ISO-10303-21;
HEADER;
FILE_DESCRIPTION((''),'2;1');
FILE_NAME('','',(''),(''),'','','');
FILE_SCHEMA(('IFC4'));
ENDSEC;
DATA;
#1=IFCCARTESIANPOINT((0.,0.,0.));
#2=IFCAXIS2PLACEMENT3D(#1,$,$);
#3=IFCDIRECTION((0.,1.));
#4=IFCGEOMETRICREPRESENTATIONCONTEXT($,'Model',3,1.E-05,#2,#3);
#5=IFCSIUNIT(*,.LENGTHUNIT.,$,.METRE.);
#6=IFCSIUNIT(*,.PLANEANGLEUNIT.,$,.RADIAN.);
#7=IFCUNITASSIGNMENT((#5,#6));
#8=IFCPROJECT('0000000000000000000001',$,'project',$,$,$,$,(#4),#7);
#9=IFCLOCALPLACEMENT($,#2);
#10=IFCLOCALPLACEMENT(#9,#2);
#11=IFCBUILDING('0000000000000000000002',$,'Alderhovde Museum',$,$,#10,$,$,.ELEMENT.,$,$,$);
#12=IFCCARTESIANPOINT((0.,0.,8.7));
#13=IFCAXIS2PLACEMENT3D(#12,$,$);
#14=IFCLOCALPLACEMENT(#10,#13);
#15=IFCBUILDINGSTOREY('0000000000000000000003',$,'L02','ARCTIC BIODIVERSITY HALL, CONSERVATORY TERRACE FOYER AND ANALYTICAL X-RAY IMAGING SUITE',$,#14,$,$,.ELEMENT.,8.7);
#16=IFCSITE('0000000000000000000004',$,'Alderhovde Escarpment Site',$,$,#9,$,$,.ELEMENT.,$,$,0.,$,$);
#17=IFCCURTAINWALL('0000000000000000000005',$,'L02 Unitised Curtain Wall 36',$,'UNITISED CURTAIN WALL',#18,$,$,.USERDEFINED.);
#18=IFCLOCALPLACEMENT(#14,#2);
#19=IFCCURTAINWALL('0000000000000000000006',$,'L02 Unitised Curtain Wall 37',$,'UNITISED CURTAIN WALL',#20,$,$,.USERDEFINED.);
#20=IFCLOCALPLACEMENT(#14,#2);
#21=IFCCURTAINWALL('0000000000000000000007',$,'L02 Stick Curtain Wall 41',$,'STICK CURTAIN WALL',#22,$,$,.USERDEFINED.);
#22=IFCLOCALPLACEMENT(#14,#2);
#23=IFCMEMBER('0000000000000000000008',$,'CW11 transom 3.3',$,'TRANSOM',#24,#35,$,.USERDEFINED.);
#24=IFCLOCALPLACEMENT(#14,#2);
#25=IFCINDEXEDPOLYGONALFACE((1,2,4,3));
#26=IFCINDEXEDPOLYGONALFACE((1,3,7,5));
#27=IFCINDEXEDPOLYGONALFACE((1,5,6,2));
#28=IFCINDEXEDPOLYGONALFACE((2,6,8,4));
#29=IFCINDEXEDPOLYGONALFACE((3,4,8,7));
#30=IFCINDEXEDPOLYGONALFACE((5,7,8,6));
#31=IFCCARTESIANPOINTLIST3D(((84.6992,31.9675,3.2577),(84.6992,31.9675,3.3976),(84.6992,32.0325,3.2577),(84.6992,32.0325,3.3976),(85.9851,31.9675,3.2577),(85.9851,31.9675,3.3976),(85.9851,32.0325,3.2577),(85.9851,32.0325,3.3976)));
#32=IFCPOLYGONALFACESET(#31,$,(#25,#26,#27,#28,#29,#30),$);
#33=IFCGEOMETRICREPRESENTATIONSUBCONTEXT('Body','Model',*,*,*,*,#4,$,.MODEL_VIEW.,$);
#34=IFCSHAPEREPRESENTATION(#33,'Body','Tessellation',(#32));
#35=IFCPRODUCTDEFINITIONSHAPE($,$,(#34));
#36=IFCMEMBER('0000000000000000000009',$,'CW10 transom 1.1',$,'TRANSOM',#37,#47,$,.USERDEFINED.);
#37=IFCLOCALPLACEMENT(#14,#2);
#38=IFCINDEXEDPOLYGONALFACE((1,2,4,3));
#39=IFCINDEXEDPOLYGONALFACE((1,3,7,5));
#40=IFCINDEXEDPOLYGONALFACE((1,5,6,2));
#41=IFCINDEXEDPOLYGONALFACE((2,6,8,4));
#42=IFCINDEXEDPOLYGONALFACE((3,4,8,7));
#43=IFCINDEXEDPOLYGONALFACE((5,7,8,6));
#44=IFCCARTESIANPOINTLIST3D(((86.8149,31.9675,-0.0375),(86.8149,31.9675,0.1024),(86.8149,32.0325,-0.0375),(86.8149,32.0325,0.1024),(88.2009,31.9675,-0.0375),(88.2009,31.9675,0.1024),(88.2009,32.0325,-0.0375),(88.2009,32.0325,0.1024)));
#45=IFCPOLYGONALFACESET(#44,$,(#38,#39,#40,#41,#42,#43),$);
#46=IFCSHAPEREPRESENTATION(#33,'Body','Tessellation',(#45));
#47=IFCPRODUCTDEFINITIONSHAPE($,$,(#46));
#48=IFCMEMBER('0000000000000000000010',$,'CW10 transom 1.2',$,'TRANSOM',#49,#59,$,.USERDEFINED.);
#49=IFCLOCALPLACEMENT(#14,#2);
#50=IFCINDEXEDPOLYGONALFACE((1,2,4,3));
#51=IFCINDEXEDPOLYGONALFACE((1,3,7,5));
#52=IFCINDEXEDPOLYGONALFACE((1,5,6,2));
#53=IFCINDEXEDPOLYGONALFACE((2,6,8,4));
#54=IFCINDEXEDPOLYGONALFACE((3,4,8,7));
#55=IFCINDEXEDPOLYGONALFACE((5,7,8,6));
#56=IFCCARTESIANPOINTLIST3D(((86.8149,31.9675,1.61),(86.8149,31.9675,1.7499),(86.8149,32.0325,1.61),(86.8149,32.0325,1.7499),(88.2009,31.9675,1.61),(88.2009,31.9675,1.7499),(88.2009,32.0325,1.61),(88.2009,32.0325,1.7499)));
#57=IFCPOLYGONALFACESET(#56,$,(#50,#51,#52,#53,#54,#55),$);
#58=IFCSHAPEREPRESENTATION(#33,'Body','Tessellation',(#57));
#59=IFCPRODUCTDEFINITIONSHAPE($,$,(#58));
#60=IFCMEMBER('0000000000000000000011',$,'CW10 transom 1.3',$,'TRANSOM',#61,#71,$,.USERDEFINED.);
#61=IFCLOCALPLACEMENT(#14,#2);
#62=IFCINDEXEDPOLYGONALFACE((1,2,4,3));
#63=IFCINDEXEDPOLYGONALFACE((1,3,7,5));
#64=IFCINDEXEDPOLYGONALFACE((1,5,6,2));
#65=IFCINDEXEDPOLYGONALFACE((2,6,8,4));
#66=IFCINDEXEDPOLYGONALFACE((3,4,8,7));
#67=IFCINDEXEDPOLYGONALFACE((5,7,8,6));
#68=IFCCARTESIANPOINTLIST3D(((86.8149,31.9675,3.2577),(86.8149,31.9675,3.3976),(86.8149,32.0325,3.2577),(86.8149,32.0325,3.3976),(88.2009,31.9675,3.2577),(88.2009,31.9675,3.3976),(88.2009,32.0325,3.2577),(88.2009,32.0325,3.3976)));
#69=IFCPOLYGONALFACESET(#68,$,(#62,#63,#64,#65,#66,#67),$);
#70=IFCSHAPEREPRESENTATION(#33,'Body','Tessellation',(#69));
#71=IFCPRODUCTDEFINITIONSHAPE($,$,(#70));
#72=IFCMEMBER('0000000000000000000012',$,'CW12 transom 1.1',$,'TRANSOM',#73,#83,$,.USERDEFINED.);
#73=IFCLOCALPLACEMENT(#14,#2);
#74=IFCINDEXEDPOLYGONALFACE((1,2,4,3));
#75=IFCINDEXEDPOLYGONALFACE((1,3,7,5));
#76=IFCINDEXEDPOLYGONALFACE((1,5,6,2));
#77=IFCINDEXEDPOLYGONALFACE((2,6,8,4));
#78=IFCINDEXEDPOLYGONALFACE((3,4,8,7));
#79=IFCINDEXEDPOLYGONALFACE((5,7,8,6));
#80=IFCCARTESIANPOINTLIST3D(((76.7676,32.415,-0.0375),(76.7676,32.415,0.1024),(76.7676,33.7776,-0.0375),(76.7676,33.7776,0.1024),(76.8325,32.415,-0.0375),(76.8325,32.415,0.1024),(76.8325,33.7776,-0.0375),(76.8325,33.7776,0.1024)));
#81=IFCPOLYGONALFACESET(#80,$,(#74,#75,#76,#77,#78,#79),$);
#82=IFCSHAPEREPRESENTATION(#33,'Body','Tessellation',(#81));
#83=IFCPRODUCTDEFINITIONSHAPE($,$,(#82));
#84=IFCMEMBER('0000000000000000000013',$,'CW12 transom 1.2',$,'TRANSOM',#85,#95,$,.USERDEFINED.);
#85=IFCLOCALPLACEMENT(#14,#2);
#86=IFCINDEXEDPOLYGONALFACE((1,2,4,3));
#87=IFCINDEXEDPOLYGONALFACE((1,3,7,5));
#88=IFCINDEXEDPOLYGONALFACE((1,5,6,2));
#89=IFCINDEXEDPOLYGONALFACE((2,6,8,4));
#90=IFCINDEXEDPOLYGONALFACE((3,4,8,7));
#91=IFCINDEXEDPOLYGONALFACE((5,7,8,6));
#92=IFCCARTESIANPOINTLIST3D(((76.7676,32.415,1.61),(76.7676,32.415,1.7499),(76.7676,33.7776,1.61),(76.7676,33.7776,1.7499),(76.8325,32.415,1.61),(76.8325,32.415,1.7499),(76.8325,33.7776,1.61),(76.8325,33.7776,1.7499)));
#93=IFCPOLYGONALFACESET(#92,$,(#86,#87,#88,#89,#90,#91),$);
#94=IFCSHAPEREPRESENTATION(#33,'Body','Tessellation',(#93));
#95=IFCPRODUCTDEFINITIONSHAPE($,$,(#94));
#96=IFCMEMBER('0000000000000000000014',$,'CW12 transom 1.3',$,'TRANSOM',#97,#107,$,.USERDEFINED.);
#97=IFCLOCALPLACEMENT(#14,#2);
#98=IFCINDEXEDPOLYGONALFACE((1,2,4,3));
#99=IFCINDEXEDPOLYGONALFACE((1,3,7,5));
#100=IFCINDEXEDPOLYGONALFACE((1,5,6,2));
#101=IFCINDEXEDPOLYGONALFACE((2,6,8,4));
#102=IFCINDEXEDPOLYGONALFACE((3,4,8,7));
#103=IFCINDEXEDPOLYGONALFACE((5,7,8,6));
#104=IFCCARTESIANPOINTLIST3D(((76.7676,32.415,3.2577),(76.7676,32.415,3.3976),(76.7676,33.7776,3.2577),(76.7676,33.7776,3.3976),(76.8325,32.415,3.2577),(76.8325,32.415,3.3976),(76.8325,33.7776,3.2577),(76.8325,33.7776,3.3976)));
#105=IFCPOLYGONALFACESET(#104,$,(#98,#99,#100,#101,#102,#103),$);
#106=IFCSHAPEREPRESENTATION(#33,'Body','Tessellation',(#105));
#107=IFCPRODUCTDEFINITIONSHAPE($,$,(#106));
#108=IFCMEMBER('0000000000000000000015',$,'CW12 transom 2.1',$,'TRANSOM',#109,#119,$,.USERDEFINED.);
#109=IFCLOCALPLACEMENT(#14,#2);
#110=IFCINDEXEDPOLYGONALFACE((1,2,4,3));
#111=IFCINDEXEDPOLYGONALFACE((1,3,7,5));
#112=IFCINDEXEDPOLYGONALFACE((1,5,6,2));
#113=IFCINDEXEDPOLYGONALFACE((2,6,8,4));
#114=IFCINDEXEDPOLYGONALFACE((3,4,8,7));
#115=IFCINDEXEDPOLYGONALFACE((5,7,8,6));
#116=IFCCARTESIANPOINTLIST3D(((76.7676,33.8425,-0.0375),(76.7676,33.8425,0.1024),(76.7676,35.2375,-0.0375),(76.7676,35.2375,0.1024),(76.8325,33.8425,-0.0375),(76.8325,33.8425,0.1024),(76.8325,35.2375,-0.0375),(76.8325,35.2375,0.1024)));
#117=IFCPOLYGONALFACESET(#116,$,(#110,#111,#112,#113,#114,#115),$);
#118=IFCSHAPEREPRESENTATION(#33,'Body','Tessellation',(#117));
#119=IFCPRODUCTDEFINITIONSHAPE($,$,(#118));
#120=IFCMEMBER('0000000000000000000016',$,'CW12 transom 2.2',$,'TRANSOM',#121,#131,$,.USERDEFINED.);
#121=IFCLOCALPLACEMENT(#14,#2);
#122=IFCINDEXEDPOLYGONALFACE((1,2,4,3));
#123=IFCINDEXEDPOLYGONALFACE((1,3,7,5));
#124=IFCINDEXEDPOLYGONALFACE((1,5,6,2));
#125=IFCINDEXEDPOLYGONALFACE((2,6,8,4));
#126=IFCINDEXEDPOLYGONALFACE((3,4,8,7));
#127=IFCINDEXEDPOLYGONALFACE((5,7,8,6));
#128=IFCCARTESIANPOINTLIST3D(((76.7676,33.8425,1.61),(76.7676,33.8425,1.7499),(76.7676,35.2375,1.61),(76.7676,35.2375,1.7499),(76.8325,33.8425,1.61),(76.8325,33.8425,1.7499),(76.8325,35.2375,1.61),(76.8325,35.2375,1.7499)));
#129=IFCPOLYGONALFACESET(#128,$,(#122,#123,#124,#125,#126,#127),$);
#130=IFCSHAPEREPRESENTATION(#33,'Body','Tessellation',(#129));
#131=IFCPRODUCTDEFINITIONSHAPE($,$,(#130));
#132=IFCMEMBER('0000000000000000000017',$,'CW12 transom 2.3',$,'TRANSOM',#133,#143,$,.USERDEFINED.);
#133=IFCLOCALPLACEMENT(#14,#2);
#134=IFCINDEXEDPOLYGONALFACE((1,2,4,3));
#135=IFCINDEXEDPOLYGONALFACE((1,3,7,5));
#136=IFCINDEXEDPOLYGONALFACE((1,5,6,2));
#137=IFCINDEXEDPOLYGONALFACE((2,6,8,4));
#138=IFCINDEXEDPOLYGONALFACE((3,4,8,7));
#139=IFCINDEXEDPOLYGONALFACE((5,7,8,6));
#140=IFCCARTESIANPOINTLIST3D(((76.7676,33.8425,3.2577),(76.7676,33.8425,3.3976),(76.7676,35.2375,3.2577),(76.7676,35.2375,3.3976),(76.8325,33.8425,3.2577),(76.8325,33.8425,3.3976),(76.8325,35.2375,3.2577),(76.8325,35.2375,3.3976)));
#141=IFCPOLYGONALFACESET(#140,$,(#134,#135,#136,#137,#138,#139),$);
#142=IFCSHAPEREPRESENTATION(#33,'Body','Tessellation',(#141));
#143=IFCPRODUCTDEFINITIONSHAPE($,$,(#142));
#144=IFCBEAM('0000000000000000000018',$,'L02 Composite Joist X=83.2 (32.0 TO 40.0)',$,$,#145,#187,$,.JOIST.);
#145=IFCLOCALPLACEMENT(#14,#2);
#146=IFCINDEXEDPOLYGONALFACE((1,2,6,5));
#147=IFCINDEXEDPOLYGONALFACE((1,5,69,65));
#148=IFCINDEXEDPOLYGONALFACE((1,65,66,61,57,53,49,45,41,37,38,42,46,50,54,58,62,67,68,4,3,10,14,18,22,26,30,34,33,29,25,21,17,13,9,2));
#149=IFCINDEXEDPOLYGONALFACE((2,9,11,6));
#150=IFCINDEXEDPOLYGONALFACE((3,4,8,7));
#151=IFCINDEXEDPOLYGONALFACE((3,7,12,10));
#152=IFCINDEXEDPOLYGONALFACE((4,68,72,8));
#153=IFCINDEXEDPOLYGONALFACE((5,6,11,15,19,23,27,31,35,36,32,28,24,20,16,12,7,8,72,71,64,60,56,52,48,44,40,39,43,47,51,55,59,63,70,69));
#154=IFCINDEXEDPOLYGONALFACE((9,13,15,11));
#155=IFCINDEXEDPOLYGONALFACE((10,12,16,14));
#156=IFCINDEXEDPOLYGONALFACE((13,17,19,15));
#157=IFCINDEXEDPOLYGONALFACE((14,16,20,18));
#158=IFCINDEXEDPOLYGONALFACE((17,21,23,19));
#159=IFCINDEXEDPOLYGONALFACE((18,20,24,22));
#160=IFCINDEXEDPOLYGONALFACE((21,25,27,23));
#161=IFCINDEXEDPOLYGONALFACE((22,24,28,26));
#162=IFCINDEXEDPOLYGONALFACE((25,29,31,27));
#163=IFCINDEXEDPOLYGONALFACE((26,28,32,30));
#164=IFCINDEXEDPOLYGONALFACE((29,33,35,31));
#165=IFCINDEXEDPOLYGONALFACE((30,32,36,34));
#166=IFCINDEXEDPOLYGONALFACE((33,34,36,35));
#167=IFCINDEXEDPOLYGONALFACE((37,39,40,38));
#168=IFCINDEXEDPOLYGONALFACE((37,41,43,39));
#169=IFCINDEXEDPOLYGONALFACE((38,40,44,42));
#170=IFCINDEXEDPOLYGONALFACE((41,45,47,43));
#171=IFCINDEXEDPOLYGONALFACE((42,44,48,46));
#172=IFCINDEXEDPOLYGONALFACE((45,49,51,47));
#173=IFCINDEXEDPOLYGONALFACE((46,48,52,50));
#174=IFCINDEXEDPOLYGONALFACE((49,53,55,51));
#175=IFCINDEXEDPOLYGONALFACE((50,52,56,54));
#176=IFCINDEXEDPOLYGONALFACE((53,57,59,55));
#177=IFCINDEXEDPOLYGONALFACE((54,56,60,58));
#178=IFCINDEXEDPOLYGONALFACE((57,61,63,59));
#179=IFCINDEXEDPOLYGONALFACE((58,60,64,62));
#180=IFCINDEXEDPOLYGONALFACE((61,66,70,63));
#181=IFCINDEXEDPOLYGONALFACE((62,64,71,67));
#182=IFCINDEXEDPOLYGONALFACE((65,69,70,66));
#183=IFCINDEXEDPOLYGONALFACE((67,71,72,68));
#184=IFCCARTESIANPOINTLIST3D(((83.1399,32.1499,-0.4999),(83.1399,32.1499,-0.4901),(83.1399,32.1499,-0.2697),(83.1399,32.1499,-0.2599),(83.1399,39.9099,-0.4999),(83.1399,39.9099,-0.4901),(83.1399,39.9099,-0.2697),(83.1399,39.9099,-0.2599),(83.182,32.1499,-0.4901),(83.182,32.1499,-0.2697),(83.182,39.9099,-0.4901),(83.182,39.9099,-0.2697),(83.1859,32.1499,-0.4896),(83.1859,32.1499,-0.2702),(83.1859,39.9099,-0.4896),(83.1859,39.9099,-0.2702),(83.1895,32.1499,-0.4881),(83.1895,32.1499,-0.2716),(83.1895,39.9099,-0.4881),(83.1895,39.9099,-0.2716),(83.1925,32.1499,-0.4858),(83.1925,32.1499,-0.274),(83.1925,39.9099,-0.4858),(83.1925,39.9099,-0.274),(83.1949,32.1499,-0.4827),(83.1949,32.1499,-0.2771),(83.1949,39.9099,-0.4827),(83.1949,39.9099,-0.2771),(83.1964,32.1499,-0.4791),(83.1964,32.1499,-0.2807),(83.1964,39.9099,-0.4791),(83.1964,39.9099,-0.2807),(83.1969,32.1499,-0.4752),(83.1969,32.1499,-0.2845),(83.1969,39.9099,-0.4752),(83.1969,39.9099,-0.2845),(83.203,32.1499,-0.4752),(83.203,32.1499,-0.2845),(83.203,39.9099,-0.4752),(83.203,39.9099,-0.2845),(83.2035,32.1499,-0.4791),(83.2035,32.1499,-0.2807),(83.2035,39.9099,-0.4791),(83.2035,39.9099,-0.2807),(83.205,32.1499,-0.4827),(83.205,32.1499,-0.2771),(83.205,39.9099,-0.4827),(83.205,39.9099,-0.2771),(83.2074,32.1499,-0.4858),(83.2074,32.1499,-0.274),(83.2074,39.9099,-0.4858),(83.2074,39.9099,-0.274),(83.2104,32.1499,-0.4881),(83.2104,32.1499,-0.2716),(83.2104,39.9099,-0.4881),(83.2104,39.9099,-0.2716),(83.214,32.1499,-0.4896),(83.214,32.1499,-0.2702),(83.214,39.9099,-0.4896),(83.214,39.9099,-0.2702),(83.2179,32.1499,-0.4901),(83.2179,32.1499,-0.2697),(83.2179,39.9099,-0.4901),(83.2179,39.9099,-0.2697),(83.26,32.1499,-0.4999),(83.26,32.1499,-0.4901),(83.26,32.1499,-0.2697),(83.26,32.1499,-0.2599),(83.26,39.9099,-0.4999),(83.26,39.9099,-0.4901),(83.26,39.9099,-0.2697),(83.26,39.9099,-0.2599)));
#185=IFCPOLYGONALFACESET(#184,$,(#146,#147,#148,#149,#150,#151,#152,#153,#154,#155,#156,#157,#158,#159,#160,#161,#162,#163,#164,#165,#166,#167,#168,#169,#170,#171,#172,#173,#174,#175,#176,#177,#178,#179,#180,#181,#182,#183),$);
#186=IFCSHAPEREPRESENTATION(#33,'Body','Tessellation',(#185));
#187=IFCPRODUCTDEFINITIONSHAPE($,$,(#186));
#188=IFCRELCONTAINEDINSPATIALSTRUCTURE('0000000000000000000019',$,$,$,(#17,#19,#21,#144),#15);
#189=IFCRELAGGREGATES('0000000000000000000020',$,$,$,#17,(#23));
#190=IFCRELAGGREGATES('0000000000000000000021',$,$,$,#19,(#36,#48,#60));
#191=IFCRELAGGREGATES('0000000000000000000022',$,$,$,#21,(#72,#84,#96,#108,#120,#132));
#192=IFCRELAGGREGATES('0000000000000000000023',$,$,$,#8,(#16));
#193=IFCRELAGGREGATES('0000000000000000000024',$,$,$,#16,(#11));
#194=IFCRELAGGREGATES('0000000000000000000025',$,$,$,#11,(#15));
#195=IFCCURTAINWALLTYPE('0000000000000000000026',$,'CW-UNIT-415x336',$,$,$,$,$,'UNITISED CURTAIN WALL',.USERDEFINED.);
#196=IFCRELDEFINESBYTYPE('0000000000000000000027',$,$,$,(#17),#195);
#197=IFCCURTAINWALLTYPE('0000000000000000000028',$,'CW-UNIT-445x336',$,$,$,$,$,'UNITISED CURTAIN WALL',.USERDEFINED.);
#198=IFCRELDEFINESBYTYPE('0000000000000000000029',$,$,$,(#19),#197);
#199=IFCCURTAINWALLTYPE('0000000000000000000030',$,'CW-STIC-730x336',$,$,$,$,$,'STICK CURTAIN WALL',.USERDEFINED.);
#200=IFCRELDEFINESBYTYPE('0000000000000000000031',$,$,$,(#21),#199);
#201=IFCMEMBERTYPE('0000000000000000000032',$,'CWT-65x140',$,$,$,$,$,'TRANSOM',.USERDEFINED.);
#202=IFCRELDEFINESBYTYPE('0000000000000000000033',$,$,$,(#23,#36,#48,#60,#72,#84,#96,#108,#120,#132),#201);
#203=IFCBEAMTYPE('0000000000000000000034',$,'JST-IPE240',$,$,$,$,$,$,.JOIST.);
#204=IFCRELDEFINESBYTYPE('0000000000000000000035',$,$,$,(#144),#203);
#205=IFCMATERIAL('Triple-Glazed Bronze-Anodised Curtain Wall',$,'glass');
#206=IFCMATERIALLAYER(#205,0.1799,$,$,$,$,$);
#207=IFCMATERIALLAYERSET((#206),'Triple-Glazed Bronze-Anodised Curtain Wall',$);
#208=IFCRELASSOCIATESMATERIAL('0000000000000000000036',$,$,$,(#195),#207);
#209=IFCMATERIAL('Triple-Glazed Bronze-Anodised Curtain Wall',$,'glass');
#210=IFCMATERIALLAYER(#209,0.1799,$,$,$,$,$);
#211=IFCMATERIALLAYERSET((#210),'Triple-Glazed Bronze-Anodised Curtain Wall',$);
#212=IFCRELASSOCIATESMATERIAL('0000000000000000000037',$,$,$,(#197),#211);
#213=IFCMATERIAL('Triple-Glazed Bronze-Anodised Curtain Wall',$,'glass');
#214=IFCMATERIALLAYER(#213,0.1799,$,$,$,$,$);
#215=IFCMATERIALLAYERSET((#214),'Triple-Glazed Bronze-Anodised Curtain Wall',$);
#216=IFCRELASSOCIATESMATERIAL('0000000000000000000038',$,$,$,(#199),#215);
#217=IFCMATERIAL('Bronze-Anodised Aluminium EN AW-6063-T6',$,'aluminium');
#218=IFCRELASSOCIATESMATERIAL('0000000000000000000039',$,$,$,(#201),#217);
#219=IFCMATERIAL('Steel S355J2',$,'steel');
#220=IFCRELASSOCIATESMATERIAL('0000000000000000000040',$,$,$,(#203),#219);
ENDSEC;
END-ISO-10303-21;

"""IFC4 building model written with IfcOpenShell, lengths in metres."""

from ifc_helpers import new_model, si_unit, direction, frame, origin, origin_2d, place, context, subcontext, project, spatial, rectangle, i_section, extrude, material, layer, layer_set, material_profile, profile_set, type_object, element, aggregate, save


model = new_model("IFC4")

# Units and contexts
model_context = context("Model", 3, precision=1e-05, world=origin(), true_north=direction((0.0, 1.0)))
body_context = subcontext(model_context, "Body", "Model", "MODEL_VIEW")
ifc_project = project(units=[si_unit("LENGTHUNIT", "METRE"), si_unit("PLANEANGLEUNIT", "RADIAN")], contexts=[model_context])

# Site, building, storey
site_placement = place(None, origin())
site = spatial("IfcSite", under=ifc_project, at=site_placement, Name="Alderhovde Escarpment Site", CompositionType="ELEMENT", RefElevation=0.0)
building_placement = place(site_placement, origin())
building = spatial("IfcBuilding", under=site, at=building_placement, Name="Alderhovde Museum", CompositionType="ELEMENT")
storey_placement = place(building_placement, frame((0.0, 0.0, 8.7)))
storey = spatial("IfcBuildingStorey", under=building, at=storey_placement, Name="L02", Description="ARCTIC BIODIVERSITY HALL, CONSERVATORY TERRACE FOYER AND ANALYTICAL X-RAY IMAGING SUITE", CompositionType="ELEMENT", Elevation=8.7)

# Curtain wall
ifc_material_1 = material(Name="Triple-Glazed Bronze-Anodised Curtain Wall", Category="glass")
ifc_layer_1 = layer(ifc_material_1, 0.1799)
ifc_layer_set_1 = layer_set([ifc_layer_1], Name="Triple-Glazed Bronze-Anodised Curtain Wall")
curtain_wall_type_1 = type_object("IfcCurtainWallType", Name="CW-UNIT-415x336", ElementType="UNITISED CURTAIN WALL", PredefinedType="USERDEFINED", material=ifc_layer_set_1)
curtain_wall_1_placement = place(storey_placement, origin())
curtain_wall_1 = element("IfcCurtainWall", 1, at=curtain_wall_1_placement, inside=storey, type_object=curtain_wall_type_1, Name="L02 Unitised Curtain Wall 36", ObjectType="UNITISED CURTAIN WALL", PredefinedType="USERDEFINED")

# Curtain wall
ifc_material_2 = material(Name="Triple-Glazed Bronze-Anodised Curtain Wall", Category="glass")
ifc_layer_2 = layer(ifc_material_2, 0.1799)
ifc_layer_set_2 = layer_set([ifc_layer_2], Name="Triple-Glazed Bronze-Anodised Curtain Wall")
curtain_wall_type_2 = type_object("IfcCurtainWallType", Name="CW-UNIT-445x336", ElementType="UNITISED CURTAIN WALL", PredefinedType="USERDEFINED", material=ifc_layer_set_2)
curtain_wall_2_placement = place(storey_placement, origin())
curtain_wall_2 = element("IfcCurtainWall", 2, at=curtain_wall_2_placement, inside=storey, type_object=curtain_wall_type_2, Name="L02 Unitised Curtain Wall 37", ObjectType="UNITISED CURTAIN WALL", PredefinedType="USERDEFINED")

# Curtain wall
ifc_material_3 = material(Name="Triple-Glazed Bronze-Anodised Curtain Wall", Category="glass")
ifc_layer_3 = layer(ifc_material_3, 0.1799)
ifc_layer_set_3 = layer_set([ifc_layer_3], Name="Triple-Glazed Bronze-Anodised Curtain Wall")
curtain_wall_type_3 = type_object("IfcCurtainWallType", Name="CW-STIC-730x336", ElementType="STICK CURTAIN WALL", PredefinedType="USERDEFINED", material=ifc_layer_set_3)
curtain_wall_3_placement = place(storey_placement, origin())
curtain_wall_3 = element("IfcCurtainWall", 3, at=curtain_wall_3_placement, inside=storey, type_object=curtain_wall_type_3, Name="L02 Stick Curtain Wall 41", ObjectType="STICK CURTAIN WALL", PredefinedType="USERDEFINED")

# Members
ifc_material_4 = material(Name="Bronze-Anodised Aluminium EN AW-6063-T6", Category="aluminium")
ifc_material_profile_1 = material_profile(ifc_material_4, rectangle(XDim=0.0649, YDim=0.1399, at=origin_2d()), Name="TRANSOM 65x140")
ifc_profile_set_1 = profile_set([ifc_material_profile_1], Name="Bronze-Anodised Aluminium EN AW-6063-T6")
member_type_1 = type_object("IfcMemberType", Name="CWT-65x140", ElementType="TRANSOM", PredefinedType="USERDEFINED", material=ifc_profile_set_1)
member_1_placement = place(storey_placement, frame((84.6992, 32.0, 3.3276), z_axis=(1.0, 0.0, 0.0), x_axis=(0.0, 1.0, 0.0)))
member_1 = element("IfcMember", 4, at=member_1_placement, type_object=member_type_1, Name="CW11 transom 3.3", ObjectType="TRANSOM", PredefinedType="USERDEFINED", context=body_context, shape_type="SweptSolid", body=[
    extrude(rectangle(XDim=0.0649, YDim=0.1399, at=origin_2d()), origin(), (0.0, 0.0, 1.0), 1.2859),
])
member_2_placement = place(storey_placement, frame((86.8149, 32.0, 0.0325), z_axis=(1.0, 0.0, 0.0), x_axis=(0.0, 1.0, 0.0)))
member_2 = element("IfcMember", 5, at=member_2_placement, type_object=member_type_1, Name="CW10 transom 1.1", ObjectType="TRANSOM", PredefinedType="USERDEFINED", context=body_context, shape_type="SweptSolid", body=[
    extrude(rectangle(XDim=0.0649, YDim=0.1399, at=origin_2d()), origin(), (0.0, 0.0, 1.0), 1.386),
])
member_3_placement = place(storey_placement, frame((86.8149, 32.0, 1.6799), z_axis=(1.0, 0.0, 0.0), x_axis=(0.0, 1.0, 0.0)))
member_3 = element("IfcMember", 6, at=member_3_placement, type_object=member_type_1, Name="CW10 transom 1.2", ObjectType="TRANSOM", PredefinedType="USERDEFINED", context=body_context, shape_type="SweptSolid", body=[
    extrude(rectangle(XDim=0.0649, YDim=0.1399, at=origin_2d()), origin(), (0.0, 0.0, 1.0), 1.386),
])
member_4_placement = place(storey_placement, frame((86.8149, 32.0, 3.3276), z_axis=(1.0, 0.0, 0.0), x_axis=(0.0, 1.0, 0.0)))
member_4 = element("IfcMember", 7, at=member_4_placement, type_object=member_type_1, Name="CW10 transom 1.3", ObjectType="TRANSOM", PredefinedType="USERDEFINED", context=body_context, shape_type="SweptSolid", body=[
    extrude(rectangle(XDim=0.0649, YDim=0.1399, at=origin_2d()), origin(), (0.0, 0.0, 1.0), 1.386),
])
member_5_placement = place(storey_placement, frame((76.8, 32.415, 0.0325), z_axis=(0.0, 1.0, 0.0), x_axis=(-1.0, 0.0, 0.0)))
member_5 = element("IfcMember", 8, at=member_5_placement, type_object=member_type_1, Name="CW12 transom 1.1", ObjectType="TRANSOM", PredefinedType="USERDEFINED", context=body_context, shape_type="SweptSolid", body=[
    extrude(rectangle(XDim=0.0649, YDim=0.1399, at=origin_2d()), origin(), (0.0, 0.0, 1.0), 1.3625),
])
member_6_placement = place(storey_placement, frame((76.8, 32.415, 1.6799), z_axis=(0.0, 1.0, 0.0), x_axis=(-1.0, 0.0, 0.0)))
member_6 = element("IfcMember", 9, at=member_6_placement, type_object=member_type_1, Name="CW12 transom 1.2", ObjectType="TRANSOM", PredefinedType="USERDEFINED", context=body_context, shape_type="SweptSolid", body=[
    extrude(rectangle(XDim=0.0649, YDim=0.1399, at=origin_2d()), origin(), (0.0, 0.0, 1.0), 1.3625),
])
member_7_placement = place(storey_placement, frame((76.8, 32.415, 3.3276), z_axis=(0.0, 1.0, 0.0), x_axis=(-1.0, 0.0, 0.0)))
member_7 = element("IfcMember", 10, at=member_7_placement, type_object=member_type_1, Name="CW12 transom 1.3", ObjectType="TRANSOM", PredefinedType="USERDEFINED", context=body_context, shape_type="SweptSolid", body=[
    extrude(rectangle(XDim=0.0649, YDim=0.1399, at=origin_2d()), origin(), (0.0, 0.0, 1.0), 1.3625),
])
member_8_placement = place(storey_placement, frame((76.8, 33.8425, 0.0325), z_axis=(0.0, 1.0, 0.0), x_axis=(-1.0, 0.0, 0.0)))
member_8 = element("IfcMember", 11, at=member_8_placement, type_object=member_type_1, Name="CW12 transom 2.1", ObjectType="TRANSOM", PredefinedType="USERDEFINED", context=body_context, shape_type="SweptSolid", body=[
    extrude(rectangle(XDim=0.0649, YDim=0.1399, at=origin_2d()), origin(), (0.0, 0.0, 1.0), 1.395),
])
member_9_placement = place(storey_placement, frame((76.8, 33.8425, 1.6799), z_axis=(0.0, 1.0, 0.0), x_axis=(-1.0, 0.0, 0.0)))
member_9 = element("IfcMember", 12, at=member_9_placement, type_object=member_type_1, Name="CW12 transom 2.2", ObjectType="TRANSOM", PredefinedType="USERDEFINED", context=body_context, shape_type="SweptSolid", body=[
    extrude(rectangle(XDim=0.0649, YDim=0.1399, at=origin_2d()), origin(), (0.0, 0.0, 1.0), 1.395),
])
member_10_placement = place(storey_placement, frame((76.8, 33.8425, 3.3276), z_axis=(0.0, 1.0, 0.0), x_axis=(-1.0, 0.0, 0.0)))
member_10 = element("IfcMember", 13, at=member_10_placement, type_object=member_type_1, Name="CW12 transom 2.3", ObjectType="TRANSOM", PredefinedType="USERDEFINED", context=body_context, shape_type="SweptSolid", body=[
    extrude(rectangle(XDim=0.0649, YDim=0.1399, at=origin_2d()), origin(), (0.0, 0.0, 1.0), 1.395),
])

# Beam
ifc_material_5 = material(Name="Steel S355J2", Category="steel")
ifc_material_profile_2 = material_profile(ifc_material_5, i_section(OverallWidth=0.1201, OverallDepth=0.24, WebThickness=0.0061, FlangeThickness=0.0098, FilletRadius=0.0149, at=origin_2d()), Name="IPE 240")
ifc_profile_set_2 = profile_set([ifc_material_profile_2], Name="Steel S355J2")
beam_type_1 = type_object("IfcBeamType", Name="JST-IPE240", PredefinedType="JOIST", material=ifc_profile_set_2)
beam_1_placement = place(storey_placement, frame((83.2, 32.1499, -0.3799), z_axis=(0.0, 1.0, 0.0), x_axis=(-1.0, 0.0, 0.0)))
element("IfcBeam", 14, at=beam_1_placement, inside=storey, type_object=beam_type_1, Name="L02 Composite Joist X=83.2 (32.0 TO 40.0)", PredefinedType="JOIST", context=body_context, shape_type="SweptSolid", body=[
    extrude(i_section(OverallWidth=0.1201, OverallDepth=0.24, WebThickness=0.0061, FlangeThickness=0.0098, FilletRadius=0.0149, at=origin_2d()), origin(), (0.0, 0.0, 1.0), 7.76),
])

aggregate(curtain_wall_1, [member_1])
aggregate(curtain_wall_2, [member_2, member_3, member_4])
aggregate(curtain_wall_3, [member_5, member_6, member_7, member_8, member_9, member_10])

save(model, "model.ifc")
